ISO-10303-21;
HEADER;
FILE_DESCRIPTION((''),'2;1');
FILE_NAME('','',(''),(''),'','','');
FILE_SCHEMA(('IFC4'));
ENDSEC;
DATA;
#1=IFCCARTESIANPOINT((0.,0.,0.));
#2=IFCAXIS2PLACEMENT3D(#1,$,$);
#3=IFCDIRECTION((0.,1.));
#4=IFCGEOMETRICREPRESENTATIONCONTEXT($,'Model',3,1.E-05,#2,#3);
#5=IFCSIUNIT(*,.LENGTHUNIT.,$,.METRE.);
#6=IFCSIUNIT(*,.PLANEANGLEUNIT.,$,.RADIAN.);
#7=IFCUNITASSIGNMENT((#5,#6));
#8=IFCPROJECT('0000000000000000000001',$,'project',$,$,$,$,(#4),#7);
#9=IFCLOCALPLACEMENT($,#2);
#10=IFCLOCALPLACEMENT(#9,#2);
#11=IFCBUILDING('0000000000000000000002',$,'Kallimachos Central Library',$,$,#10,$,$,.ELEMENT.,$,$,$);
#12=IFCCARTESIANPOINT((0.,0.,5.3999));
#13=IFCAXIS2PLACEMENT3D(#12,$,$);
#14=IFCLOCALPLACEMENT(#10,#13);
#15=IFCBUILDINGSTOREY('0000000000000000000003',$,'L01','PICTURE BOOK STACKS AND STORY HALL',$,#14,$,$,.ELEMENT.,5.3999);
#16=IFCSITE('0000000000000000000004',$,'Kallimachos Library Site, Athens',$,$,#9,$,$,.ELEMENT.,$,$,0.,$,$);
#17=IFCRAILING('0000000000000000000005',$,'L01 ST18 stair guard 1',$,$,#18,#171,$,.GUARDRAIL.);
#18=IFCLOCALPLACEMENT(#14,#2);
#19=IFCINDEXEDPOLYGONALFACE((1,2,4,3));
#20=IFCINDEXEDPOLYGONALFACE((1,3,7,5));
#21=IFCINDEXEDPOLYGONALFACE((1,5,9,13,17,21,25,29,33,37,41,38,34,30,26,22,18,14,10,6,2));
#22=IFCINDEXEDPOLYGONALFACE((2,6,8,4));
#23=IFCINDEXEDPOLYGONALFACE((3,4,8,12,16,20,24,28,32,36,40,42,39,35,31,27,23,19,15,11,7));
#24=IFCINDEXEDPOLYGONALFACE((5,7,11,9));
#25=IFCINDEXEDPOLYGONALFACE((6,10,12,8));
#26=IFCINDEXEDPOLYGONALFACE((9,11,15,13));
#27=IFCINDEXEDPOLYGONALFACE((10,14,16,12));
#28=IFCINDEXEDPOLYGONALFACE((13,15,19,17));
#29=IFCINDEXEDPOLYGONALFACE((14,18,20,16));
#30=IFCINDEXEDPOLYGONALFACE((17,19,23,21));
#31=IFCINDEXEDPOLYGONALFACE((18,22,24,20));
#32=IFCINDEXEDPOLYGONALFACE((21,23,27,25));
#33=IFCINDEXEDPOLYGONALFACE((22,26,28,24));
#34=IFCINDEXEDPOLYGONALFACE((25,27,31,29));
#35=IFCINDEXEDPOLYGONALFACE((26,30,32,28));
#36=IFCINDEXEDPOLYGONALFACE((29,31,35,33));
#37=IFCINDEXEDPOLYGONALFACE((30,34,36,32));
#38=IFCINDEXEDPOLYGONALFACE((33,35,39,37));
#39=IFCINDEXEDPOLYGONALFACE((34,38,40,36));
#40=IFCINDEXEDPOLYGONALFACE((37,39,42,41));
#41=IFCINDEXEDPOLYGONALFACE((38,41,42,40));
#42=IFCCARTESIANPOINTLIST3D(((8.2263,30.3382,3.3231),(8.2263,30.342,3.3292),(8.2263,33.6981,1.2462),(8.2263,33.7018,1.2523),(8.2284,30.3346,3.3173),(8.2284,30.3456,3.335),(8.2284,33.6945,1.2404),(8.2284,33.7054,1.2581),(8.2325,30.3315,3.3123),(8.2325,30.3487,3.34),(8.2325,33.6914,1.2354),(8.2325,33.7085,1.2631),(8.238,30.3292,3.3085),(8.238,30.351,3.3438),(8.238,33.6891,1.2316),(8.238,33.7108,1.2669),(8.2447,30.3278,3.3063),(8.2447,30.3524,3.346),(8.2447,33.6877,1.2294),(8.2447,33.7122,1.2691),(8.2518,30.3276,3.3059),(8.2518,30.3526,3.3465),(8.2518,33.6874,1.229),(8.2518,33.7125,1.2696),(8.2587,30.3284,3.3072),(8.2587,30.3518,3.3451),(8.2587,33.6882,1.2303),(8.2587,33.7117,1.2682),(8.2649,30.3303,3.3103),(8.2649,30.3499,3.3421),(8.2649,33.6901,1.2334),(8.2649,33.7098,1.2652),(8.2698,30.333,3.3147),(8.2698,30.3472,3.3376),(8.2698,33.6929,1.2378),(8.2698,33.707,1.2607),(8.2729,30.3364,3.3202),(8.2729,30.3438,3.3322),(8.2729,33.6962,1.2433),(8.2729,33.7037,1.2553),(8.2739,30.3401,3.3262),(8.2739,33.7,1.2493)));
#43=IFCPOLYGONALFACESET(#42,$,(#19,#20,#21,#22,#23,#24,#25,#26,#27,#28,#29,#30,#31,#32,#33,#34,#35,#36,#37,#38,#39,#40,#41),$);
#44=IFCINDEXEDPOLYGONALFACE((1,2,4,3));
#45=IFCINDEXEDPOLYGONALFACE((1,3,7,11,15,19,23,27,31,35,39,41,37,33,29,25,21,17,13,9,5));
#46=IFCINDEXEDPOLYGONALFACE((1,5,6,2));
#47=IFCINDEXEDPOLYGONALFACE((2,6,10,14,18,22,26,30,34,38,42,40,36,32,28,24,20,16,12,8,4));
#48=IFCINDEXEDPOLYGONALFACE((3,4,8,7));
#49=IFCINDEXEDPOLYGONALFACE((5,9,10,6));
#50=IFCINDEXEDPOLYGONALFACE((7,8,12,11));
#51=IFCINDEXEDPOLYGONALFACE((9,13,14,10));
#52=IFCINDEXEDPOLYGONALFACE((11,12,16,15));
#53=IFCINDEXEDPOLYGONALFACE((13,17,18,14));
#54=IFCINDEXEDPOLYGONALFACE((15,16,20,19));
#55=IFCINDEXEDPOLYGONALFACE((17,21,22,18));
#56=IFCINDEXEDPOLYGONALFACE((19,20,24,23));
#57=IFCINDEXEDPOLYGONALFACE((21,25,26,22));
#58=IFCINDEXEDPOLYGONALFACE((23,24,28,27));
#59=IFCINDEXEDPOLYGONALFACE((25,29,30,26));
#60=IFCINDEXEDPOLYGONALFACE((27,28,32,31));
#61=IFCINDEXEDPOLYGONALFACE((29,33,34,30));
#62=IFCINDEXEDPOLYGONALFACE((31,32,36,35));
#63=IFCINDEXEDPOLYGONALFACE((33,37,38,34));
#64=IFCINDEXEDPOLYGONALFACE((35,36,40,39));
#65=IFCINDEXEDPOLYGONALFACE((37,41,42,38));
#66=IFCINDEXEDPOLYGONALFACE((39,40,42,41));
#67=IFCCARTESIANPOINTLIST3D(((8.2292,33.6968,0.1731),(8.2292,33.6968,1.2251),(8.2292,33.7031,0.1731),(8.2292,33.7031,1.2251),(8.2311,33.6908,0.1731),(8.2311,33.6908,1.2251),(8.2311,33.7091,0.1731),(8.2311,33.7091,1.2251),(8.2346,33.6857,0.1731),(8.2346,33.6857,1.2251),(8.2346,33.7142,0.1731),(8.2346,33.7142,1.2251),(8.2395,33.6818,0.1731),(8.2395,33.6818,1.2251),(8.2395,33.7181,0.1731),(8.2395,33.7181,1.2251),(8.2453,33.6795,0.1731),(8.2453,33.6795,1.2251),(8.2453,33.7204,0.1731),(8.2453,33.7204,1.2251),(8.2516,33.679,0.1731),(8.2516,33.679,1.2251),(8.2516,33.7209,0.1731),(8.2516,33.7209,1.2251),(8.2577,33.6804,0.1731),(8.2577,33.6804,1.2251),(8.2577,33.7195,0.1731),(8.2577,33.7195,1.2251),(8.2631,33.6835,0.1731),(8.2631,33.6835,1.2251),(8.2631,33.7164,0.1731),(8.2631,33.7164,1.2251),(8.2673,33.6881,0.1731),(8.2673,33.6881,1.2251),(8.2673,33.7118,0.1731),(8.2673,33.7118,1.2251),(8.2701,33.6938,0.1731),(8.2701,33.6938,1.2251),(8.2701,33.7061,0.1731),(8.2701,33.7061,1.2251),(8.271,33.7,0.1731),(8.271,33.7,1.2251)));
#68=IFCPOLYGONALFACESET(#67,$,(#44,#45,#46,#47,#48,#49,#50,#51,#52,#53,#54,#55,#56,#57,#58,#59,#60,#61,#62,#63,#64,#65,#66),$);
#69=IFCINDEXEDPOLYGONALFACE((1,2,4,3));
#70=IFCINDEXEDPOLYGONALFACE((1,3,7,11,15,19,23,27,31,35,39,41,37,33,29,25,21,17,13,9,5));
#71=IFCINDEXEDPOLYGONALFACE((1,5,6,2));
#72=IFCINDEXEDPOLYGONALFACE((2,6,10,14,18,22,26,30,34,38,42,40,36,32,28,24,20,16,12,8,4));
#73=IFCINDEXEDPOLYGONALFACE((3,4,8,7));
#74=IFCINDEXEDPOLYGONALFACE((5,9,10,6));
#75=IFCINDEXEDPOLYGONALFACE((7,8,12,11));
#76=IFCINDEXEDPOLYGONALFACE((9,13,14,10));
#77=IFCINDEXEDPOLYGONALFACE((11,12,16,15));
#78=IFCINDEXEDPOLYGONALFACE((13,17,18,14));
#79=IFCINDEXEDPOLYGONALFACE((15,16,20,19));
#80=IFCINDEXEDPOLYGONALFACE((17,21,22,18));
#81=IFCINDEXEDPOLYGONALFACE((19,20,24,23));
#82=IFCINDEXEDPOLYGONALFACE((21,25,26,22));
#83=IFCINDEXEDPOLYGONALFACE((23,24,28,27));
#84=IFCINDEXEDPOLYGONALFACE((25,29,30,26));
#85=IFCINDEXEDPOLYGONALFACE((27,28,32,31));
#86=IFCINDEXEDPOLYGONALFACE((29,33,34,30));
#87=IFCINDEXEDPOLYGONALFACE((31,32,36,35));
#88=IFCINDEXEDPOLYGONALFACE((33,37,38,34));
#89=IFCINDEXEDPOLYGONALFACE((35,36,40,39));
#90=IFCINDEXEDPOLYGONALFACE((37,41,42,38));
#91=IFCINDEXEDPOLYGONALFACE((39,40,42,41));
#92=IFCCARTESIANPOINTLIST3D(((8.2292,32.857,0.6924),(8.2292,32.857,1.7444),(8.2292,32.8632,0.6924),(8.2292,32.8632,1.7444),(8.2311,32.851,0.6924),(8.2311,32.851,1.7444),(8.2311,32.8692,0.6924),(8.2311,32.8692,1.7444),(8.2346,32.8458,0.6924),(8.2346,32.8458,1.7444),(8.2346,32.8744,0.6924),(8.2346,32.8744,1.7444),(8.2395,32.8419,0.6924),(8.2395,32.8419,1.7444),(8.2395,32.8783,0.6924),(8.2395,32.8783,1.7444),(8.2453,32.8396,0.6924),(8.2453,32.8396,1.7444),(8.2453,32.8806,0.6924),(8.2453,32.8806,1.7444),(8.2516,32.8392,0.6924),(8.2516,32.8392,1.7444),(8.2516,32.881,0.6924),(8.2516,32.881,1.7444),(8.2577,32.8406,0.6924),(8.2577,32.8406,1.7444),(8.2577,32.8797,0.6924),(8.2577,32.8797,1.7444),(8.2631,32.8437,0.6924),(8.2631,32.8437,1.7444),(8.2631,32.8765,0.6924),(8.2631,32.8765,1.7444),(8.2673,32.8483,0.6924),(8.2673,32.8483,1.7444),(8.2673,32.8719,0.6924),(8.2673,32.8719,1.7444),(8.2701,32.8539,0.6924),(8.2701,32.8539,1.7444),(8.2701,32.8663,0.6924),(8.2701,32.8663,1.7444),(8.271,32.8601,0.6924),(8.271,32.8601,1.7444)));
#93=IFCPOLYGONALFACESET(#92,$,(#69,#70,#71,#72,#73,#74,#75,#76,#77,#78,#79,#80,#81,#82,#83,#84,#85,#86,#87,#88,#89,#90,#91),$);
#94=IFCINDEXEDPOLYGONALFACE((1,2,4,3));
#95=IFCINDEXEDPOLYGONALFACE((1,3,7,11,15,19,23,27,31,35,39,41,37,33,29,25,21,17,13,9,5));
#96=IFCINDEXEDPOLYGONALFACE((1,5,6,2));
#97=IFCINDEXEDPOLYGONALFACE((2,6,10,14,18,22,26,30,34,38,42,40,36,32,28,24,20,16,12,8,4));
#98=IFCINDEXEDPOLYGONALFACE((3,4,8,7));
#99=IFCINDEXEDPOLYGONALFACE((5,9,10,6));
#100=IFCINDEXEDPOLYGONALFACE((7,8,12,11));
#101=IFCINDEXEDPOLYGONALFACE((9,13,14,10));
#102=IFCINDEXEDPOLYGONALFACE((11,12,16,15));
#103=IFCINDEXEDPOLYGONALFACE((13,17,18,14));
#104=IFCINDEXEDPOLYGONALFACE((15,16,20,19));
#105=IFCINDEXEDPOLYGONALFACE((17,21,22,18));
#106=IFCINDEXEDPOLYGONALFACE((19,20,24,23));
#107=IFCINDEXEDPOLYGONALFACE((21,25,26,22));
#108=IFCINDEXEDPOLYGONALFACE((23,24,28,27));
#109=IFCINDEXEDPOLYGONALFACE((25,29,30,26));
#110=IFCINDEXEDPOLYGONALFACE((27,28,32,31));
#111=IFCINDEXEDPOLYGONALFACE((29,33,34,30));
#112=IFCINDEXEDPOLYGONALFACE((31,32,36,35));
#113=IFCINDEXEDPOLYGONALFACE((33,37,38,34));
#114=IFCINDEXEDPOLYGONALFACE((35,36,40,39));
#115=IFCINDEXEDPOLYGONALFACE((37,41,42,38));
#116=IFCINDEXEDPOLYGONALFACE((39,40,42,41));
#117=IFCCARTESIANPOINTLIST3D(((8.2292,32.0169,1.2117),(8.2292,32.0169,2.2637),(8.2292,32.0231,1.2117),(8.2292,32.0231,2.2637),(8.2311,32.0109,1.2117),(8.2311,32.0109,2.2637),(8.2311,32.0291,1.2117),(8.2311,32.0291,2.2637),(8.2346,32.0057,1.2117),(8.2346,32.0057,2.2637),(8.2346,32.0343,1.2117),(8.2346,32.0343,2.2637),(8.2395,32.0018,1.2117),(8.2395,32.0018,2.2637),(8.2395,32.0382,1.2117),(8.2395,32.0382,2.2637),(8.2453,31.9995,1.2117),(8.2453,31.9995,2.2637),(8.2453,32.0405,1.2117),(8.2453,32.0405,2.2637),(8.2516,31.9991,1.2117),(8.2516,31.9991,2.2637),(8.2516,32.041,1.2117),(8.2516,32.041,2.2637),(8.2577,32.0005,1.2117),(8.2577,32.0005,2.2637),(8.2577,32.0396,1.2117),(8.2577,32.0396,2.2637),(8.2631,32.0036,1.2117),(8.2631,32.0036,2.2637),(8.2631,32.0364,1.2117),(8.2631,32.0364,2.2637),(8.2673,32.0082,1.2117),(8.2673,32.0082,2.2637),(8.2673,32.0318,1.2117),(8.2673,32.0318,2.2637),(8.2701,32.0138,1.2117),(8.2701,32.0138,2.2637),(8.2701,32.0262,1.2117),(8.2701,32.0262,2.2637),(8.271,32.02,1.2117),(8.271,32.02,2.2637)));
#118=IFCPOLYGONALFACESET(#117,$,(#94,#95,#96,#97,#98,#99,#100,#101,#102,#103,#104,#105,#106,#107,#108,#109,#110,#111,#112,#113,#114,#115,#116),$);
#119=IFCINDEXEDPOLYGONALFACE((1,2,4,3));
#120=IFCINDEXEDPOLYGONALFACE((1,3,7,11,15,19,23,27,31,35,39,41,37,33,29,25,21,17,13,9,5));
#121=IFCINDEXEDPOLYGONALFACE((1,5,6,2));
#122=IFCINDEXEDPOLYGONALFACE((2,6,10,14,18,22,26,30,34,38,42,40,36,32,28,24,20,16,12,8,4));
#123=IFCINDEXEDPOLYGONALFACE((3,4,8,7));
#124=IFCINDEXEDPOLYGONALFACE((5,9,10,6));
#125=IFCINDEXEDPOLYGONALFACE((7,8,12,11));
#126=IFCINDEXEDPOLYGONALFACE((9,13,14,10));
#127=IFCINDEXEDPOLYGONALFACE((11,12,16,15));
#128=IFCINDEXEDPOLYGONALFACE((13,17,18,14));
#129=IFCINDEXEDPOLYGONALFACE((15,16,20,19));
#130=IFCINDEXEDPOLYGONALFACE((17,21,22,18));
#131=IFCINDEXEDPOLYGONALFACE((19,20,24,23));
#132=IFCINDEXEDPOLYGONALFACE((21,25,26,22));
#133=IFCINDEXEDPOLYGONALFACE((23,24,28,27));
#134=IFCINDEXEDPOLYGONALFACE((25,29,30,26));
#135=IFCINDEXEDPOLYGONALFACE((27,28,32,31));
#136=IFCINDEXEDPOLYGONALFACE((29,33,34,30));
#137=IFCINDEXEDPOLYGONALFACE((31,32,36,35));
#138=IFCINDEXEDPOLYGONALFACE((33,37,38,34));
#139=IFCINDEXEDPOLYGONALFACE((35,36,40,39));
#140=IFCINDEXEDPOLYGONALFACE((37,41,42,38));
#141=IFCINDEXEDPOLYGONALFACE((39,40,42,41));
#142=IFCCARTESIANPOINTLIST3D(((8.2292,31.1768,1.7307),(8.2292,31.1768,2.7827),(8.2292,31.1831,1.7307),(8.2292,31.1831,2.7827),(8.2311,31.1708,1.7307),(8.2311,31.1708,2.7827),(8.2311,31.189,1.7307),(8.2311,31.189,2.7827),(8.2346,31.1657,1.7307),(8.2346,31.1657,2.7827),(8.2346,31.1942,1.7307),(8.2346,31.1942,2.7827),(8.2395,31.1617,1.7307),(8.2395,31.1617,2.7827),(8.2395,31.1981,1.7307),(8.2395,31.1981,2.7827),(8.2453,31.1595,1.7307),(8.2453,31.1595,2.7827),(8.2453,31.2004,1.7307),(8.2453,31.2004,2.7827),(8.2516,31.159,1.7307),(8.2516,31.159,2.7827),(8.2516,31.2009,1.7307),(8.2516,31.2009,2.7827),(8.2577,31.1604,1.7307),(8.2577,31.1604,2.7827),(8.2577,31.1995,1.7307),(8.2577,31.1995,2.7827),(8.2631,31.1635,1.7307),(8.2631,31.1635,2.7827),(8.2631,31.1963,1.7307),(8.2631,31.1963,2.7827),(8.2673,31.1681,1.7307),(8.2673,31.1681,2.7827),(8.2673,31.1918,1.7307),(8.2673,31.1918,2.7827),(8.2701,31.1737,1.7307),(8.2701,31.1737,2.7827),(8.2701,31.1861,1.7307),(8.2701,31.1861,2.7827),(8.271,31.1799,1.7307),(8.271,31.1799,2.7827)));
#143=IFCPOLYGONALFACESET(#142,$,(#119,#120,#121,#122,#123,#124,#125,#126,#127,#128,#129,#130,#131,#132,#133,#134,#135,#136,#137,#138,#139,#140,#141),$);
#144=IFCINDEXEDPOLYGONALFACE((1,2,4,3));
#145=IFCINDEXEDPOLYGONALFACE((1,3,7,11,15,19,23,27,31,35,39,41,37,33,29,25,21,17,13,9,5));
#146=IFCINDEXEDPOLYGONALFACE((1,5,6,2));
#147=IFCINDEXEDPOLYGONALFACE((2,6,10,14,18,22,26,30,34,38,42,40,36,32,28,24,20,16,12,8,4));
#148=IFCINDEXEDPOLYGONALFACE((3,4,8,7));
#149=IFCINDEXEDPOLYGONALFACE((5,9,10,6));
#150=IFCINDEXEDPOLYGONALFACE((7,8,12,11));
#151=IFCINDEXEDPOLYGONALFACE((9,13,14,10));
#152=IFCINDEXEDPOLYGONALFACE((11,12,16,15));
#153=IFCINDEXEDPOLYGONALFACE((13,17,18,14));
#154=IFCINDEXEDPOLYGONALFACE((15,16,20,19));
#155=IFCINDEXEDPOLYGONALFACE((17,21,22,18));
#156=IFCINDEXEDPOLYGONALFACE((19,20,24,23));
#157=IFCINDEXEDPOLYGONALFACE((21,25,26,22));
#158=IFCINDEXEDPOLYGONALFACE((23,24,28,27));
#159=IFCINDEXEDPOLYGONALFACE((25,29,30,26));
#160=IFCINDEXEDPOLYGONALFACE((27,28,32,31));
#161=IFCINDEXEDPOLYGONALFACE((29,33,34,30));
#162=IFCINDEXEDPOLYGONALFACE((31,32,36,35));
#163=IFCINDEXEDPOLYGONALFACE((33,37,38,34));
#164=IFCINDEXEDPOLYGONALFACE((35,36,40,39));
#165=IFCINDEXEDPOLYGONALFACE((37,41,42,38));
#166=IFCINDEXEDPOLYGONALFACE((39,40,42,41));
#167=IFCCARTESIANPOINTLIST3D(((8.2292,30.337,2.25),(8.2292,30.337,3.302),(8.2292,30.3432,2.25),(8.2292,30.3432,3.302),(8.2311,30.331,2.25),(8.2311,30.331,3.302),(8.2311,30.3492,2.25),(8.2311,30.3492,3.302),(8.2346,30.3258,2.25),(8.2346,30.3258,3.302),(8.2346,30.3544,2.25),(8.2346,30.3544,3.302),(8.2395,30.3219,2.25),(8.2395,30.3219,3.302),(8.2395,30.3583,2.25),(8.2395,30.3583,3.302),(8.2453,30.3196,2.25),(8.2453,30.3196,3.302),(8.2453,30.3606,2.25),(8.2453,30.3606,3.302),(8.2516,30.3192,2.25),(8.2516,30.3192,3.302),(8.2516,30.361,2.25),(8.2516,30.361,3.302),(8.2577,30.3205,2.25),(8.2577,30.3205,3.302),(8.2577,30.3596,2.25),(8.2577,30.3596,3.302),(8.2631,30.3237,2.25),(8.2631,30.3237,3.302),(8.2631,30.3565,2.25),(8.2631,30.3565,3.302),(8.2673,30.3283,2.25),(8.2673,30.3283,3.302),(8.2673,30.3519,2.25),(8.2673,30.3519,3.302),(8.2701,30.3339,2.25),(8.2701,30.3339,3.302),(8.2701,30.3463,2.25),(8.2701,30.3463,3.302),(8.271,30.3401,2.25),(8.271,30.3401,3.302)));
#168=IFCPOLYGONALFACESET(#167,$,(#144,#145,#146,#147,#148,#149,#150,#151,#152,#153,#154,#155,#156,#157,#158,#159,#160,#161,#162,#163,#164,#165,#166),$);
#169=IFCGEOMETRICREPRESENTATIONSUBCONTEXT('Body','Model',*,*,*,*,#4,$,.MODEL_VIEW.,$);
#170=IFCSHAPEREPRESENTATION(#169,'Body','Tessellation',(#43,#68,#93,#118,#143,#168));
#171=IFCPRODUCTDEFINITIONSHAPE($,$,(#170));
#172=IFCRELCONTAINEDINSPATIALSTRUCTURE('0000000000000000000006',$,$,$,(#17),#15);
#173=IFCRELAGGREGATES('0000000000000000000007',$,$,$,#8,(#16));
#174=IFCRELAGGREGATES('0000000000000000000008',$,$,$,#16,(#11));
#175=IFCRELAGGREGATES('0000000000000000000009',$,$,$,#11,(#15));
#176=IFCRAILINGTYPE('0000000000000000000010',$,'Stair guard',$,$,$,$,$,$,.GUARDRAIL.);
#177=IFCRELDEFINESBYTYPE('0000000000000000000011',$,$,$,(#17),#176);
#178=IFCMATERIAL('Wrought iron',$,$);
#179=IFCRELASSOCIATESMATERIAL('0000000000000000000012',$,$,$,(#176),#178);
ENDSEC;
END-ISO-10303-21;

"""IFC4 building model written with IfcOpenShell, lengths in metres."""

from ifc_helpers import new_model, si_unit, direction, frame, origin, origin_2d, place, context, subcontext, project, spatial, circle, extrude, material, type_object, element, save


model = new_model("IFC4")

# Units and contexts
model_context = context("Model", 3, precision=1e-05, world=origin(), true_north=direction((0.0, 1.0)))
body_context = subcontext(model_context, "Body", "Model", "MODEL_VIEW")
ifc_project = project(units=[si_unit("LENGTHUNIT", "METRE"), si_unit("PLANEANGLEUNIT", "RADIAN")], contexts=[model_context])

# Site, building, storey
site_placement = place(None, origin())
site = spatial("IfcSite", under=ifc_project, at=site_placement, Name="Kallimachos Library Site, Athens", CompositionType="ELEMENT", RefElevation=0.0)
building_placement = place(site_placement, origin())
building = spatial("IfcBuilding", under=site, at=building_placement, Name="Kallimachos Central Library", CompositionType="ELEMENT")
storey_placement = place(building_placement, frame((0.0, 0.0, 5.3999)))
storey = spatial("IfcBuildingStorey", under=building, at=storey_placement, Name="L01", Description="PICTURE BOOK STACKS AND STORY HALL", CompositionType="ELEMENT", Elevation=5.3999)

# Railing
ifc_material_1 = material(Name="Wrought iron")
railing_type_1 = type_object("IfcRailingType", Name="Stair guard", PredefinedType="GUARDRAIL", material=ifc_material_1)
railing_1_placement = place(storey_placement, frame((8.25, 33.7, 0.1731)))
element("IfcRailing", 1, at=railing_1_placement, inside=storey, type_object=railing_type_1, Name="L01 ST18 stair guard 1", PredefinedType="GUARDRAIL", context=body_context, shape_type="SweptSolid", body=[
    extrude(circle(Radius=0.0239, at=origin_2d()), frame((0.0, 0.0, 1.0762), z_axis=(0.0, -0.850606, 0.525803), x_axis=(1.0, 0.0, 0.0)), (0.0, 0.0, 1.0), 3.95),
    extrude(circle(Radius=0.021, at=origin_2d()), origin(), (0.0, 0.0, 1.0), 1.052),
    extrude(circle(Radius=0.021, at=origin_2d()), frame((0.0, -0.8398, 0.5193)), (0.0, 0.0, 1.0), 1.052),
    extrude(circle(Radius=0.021, at=origin_2d()), frame((0.0, -1.6799, 1.0386)), (0.0, 0.0, 1.0), 1.052),
    extrude(circle(Radius=0.021, at=origin_2d()), frame((0.0, -2.52, 1.5576)), (0.0, 0.0, 1.0), 1.052),
    extrude(circle(Radius=0.021, at=origin_2d()), frame((0.0, -3.3599, 2.0769)), (0.0, 0.0, 1.0), 1.052),
])

save(model, "model.ifc")
